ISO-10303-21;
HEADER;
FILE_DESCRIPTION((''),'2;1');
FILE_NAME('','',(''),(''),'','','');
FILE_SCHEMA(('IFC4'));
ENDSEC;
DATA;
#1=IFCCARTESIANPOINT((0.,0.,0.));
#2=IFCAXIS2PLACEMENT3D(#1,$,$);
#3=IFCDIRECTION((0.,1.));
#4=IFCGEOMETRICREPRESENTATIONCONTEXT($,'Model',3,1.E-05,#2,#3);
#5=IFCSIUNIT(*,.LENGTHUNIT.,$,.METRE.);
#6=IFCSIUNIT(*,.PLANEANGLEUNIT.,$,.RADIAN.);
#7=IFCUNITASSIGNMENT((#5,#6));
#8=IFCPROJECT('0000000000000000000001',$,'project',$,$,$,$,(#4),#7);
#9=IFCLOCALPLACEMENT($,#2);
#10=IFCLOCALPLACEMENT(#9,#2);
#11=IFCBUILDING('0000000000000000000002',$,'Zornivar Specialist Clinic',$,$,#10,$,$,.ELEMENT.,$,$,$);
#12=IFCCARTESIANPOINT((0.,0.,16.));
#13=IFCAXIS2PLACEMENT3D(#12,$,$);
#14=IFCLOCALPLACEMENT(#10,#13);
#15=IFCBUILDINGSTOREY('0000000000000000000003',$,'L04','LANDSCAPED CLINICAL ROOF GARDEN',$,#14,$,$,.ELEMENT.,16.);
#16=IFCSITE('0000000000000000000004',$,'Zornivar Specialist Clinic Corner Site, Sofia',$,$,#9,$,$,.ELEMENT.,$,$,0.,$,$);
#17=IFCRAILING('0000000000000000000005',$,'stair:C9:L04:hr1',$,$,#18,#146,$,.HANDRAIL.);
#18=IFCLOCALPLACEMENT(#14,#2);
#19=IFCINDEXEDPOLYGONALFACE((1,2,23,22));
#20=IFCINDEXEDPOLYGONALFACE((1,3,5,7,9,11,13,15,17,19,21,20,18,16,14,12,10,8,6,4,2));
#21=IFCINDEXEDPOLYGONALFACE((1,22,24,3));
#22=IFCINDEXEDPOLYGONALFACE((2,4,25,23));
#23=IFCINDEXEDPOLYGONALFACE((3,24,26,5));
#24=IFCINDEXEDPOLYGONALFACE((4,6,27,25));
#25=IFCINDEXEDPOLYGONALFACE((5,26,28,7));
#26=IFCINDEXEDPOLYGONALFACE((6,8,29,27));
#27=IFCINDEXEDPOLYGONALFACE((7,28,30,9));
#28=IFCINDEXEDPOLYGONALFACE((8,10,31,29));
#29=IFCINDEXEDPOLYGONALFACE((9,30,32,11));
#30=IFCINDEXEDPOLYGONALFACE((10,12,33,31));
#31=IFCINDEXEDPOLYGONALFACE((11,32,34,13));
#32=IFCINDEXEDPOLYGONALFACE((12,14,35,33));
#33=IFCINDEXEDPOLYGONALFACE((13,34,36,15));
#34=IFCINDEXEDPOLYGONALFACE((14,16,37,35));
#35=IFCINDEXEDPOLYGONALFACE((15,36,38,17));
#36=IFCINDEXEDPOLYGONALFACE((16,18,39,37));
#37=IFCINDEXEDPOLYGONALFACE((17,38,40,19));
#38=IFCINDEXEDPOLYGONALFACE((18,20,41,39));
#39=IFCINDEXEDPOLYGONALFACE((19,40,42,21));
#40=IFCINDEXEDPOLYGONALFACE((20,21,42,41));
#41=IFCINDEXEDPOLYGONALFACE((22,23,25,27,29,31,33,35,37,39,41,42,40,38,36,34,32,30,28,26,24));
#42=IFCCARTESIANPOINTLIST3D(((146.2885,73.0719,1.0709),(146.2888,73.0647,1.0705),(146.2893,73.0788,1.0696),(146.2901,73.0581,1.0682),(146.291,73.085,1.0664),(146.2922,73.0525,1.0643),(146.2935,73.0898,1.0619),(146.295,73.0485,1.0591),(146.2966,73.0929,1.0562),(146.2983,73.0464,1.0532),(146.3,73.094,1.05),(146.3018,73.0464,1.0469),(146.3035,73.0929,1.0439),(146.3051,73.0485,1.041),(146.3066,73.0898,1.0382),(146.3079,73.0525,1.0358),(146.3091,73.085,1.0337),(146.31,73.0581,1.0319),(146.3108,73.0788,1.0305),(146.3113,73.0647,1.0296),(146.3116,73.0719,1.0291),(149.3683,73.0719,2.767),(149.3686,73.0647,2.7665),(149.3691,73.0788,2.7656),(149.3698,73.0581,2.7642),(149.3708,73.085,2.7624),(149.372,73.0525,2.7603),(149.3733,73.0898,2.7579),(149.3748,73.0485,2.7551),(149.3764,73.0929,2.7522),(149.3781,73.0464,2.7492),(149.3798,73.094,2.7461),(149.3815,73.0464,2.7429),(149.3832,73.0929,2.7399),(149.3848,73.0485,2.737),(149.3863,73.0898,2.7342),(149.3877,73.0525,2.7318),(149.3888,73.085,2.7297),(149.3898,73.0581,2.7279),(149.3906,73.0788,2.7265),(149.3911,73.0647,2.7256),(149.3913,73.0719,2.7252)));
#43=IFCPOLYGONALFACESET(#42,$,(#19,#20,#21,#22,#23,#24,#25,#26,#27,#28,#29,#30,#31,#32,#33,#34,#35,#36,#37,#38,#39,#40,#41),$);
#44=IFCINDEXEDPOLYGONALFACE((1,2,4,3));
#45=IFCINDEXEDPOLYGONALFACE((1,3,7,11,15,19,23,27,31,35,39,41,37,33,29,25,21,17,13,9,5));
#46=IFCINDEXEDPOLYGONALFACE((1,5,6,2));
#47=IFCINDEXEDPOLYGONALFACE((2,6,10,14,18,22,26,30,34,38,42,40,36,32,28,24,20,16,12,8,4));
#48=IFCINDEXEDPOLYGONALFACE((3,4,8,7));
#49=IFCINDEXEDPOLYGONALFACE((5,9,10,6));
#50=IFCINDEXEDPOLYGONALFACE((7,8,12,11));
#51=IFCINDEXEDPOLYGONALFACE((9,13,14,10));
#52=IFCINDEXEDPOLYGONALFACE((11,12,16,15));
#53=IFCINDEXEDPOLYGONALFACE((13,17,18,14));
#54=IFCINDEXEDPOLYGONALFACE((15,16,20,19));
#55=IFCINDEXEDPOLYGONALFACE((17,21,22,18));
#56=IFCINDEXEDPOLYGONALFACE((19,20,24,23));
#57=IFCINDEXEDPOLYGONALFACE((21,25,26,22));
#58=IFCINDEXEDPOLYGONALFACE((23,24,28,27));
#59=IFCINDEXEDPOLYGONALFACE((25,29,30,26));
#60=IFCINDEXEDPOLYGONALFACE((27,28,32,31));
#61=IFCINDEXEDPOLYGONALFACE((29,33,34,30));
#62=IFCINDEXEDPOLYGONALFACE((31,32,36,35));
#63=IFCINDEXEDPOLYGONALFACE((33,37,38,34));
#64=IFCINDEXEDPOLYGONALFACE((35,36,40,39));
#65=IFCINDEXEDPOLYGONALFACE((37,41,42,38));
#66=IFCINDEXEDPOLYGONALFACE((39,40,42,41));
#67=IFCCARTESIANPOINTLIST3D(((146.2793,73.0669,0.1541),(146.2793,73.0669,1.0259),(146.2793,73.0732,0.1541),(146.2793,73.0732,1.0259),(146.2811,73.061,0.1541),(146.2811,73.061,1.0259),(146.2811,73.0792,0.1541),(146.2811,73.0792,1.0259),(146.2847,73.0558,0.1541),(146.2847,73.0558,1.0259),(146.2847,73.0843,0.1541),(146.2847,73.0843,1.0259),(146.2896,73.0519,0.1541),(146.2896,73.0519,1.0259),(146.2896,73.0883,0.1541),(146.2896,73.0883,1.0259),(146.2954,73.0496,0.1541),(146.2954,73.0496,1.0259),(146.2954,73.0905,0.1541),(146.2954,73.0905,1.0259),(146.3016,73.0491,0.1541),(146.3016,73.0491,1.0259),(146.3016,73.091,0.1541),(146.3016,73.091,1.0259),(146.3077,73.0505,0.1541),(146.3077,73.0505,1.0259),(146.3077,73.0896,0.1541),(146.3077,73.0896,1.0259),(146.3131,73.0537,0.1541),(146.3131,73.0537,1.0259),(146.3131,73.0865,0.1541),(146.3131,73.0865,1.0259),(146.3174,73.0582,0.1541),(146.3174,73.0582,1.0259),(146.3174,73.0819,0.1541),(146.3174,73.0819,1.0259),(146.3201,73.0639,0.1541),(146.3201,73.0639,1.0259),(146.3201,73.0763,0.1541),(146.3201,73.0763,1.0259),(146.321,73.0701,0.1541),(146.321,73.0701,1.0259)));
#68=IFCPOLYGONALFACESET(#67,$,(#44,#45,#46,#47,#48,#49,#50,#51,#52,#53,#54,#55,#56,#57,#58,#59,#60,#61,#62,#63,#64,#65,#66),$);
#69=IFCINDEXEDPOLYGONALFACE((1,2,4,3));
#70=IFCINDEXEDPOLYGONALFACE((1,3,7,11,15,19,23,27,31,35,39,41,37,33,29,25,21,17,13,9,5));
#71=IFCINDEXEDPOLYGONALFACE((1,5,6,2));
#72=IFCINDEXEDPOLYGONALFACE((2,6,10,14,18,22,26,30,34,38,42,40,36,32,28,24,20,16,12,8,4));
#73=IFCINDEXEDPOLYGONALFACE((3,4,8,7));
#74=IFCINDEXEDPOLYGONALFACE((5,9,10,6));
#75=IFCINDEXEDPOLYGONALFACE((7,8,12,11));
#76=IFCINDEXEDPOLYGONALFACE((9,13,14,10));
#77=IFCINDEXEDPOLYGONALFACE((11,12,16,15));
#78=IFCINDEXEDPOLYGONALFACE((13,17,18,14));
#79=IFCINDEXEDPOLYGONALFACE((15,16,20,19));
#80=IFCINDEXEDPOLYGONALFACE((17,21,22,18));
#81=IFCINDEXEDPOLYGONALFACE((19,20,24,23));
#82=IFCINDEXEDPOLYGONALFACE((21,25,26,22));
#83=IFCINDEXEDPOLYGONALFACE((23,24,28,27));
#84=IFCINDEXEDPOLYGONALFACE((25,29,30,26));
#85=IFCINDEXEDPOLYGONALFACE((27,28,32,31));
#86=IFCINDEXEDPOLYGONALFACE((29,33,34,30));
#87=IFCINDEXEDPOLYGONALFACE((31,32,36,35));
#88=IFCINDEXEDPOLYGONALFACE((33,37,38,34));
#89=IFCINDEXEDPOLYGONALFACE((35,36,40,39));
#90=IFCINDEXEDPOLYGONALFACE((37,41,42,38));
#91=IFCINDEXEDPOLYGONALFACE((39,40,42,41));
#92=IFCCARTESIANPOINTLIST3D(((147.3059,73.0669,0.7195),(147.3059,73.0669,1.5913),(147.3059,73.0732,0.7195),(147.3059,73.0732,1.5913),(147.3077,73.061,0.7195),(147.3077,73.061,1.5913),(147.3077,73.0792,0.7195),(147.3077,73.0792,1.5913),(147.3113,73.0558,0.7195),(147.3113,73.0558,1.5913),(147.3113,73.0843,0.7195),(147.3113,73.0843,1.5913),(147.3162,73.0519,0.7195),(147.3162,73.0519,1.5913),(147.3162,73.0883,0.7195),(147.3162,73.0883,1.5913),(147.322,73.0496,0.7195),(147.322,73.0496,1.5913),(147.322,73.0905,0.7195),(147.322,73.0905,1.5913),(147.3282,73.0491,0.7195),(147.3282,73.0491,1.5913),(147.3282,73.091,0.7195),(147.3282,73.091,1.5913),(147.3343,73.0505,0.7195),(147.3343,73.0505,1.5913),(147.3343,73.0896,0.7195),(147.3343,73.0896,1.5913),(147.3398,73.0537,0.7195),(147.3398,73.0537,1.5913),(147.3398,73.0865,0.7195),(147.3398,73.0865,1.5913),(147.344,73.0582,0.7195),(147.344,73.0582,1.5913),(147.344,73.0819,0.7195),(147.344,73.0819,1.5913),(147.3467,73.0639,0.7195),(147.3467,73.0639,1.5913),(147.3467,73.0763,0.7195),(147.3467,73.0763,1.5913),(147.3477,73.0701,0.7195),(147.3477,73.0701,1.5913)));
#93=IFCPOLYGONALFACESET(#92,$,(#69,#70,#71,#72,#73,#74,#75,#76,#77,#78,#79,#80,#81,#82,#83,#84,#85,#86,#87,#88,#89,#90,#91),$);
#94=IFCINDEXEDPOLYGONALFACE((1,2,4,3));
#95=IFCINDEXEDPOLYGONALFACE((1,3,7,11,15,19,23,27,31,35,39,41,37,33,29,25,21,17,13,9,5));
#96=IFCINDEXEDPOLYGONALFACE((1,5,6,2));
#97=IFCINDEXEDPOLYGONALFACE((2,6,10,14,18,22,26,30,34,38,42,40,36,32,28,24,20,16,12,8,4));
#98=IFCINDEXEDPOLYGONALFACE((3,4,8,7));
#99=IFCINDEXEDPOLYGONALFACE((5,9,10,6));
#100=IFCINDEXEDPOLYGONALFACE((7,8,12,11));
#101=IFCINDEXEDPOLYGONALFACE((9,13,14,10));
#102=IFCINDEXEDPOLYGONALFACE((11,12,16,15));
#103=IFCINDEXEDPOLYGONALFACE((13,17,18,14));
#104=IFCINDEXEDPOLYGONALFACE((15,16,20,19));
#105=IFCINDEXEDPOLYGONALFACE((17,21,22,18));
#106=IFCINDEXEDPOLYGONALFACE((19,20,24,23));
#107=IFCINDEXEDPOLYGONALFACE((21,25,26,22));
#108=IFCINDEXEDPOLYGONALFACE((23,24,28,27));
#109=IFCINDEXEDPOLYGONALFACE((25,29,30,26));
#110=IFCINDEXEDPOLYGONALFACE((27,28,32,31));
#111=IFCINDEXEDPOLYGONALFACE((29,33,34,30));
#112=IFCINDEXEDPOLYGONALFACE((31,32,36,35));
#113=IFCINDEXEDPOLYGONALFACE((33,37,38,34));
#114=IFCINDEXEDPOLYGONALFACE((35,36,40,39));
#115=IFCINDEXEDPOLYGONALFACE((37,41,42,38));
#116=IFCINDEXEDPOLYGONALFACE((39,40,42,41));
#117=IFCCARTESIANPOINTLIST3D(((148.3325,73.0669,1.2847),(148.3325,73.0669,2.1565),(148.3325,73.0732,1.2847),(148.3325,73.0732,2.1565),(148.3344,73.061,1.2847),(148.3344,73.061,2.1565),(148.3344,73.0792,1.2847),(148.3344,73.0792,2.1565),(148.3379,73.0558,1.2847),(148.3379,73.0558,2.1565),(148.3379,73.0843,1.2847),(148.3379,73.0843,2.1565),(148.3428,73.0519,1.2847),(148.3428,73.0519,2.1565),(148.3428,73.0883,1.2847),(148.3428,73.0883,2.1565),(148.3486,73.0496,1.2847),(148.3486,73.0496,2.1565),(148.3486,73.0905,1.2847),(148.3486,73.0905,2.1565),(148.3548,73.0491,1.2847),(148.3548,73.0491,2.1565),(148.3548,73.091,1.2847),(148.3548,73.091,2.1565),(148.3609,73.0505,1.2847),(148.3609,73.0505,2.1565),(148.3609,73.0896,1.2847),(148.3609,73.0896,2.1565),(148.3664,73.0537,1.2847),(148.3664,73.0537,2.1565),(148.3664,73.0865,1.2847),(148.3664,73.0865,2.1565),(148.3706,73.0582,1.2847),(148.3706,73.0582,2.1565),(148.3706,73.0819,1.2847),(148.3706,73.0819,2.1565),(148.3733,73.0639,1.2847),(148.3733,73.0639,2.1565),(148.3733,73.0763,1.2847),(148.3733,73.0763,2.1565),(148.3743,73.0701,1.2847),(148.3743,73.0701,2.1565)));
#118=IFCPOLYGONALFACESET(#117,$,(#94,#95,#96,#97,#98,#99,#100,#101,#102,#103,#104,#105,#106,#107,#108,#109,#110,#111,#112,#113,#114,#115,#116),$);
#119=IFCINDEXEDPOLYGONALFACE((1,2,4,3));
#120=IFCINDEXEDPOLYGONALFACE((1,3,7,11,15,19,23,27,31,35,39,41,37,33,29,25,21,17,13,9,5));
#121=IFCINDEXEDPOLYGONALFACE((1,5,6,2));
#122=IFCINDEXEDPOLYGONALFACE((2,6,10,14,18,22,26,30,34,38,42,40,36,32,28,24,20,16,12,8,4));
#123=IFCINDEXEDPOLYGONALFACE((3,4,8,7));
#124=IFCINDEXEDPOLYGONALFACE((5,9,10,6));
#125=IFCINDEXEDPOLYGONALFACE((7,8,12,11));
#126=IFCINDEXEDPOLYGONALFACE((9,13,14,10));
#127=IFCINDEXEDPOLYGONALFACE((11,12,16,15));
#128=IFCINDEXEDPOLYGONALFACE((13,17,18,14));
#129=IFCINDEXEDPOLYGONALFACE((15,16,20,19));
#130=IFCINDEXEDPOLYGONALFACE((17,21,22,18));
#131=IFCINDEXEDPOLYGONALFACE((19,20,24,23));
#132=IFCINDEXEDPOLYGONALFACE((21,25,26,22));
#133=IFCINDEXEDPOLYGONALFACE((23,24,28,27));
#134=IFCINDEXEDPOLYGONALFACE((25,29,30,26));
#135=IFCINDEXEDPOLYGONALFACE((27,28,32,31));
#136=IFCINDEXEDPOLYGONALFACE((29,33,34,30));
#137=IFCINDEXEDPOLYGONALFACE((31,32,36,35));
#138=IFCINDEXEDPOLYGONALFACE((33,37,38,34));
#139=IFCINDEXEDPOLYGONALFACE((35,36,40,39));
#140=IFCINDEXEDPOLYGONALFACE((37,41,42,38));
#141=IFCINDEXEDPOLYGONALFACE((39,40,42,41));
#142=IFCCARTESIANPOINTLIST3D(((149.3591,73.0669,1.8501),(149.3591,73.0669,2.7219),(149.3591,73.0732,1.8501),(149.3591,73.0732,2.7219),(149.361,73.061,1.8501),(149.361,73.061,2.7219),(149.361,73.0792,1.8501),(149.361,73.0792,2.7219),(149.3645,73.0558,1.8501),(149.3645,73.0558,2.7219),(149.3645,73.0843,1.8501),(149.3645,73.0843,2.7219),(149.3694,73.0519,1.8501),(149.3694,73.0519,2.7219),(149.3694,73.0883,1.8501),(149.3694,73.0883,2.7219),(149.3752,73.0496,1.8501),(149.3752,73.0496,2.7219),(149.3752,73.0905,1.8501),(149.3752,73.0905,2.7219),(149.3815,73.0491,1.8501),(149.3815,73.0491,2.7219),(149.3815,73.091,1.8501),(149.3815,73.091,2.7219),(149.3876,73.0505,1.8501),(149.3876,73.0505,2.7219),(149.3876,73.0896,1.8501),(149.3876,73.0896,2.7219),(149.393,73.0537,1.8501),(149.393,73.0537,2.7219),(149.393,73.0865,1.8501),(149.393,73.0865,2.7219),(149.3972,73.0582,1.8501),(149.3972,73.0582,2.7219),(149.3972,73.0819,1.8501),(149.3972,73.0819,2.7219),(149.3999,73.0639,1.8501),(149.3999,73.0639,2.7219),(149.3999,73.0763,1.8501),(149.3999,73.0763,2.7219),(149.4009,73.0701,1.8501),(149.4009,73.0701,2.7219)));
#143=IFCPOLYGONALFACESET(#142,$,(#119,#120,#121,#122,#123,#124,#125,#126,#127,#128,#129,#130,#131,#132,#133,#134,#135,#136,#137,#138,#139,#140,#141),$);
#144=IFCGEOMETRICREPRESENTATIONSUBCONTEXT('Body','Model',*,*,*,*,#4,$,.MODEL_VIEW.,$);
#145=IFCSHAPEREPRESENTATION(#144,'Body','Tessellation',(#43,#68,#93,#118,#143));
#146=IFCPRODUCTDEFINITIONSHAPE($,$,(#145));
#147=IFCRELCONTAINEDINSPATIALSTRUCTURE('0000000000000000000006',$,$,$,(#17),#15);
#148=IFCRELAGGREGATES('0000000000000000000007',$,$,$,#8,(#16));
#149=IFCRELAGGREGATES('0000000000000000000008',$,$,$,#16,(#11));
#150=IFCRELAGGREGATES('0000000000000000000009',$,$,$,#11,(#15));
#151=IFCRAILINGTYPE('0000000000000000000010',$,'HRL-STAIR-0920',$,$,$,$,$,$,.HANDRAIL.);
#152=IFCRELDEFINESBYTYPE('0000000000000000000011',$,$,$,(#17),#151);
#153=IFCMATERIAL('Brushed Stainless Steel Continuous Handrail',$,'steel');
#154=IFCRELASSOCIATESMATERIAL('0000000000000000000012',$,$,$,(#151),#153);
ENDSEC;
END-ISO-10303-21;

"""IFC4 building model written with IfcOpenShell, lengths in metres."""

from ifc_helpers import new_model, si_unit, direction, frame, origin, origin_2d, place, context, subcontext, project, spatial, circle, extrude, material, type_object, element, save


model = new_model("IFC4")

# Units and contexts
model_context = context("Model", 3, precision=1e-05, world=origin(), true_north=direction((0.0, 1.0)))
body_context = subcontext(model_context, "Body", "Model", "MODEL_VIEW")
ifc_project = project(units=[si_unit("LENGTHUNIT", "METRE"), si_unit("PLANEANGLEUNIT", "RADIAN")], contexts=[model_context])

# Site, building, storey
site_placement = place(None, origin())
site = spatial("IfcSite", under=ifc_project, at=site_placement, Name="Zornivar Specialist Clinic Corner Site, Sofia", CompositionType="ELEMENT", RefElevation=0.0)
building_placement = place(site_placement, origin())
building = spatial("IfcBuilding", under=site, at=building_placement, Name="Zornivar Specialist Clinic", CompositionType="ELEMENT")
storey_placement = place(building_placement, frame((0.0, 0.0, 16.0)))
storey = spatial("IfcBuildingStorey", under=building, at=storey_placement, Name="L04", Description="LANDSCAPED CLINICAL ROOF GARDEN", CompositionType="ELEMENT", Elevation=16.0)

# Railing
ifc_material_1 = material(Name="Brushed Stainless Steel Continuous Handrail", Category="steel")
railing_type_1 = type_object("IfcRailingType", Name="HRL-STAIR-0920", PredefinedType="HANDRAIL", material=ifc_material_1)
railing_1_placement = place(storey_placement, frame((146.3, 73.0701, 0.1541)))
element("IfcRailing", 1, at=railing_1_placement, inside=storey, type_object=railing_type_1, Name="stair:C9:L04:hr1", PredefinedType="HANDRAIL", context=body_context, shape_type="SweptSolid", body=[
    extrude(circle(Radius=0.0239, at=origin_2d()), frame((0.0, 0.0, 0.896), z_axis=(0.875959, 0.0, 0.482385), x_axis=(0.0, 1.0, 0.0)), (0.0, 0.0, 1.0), 3.5159),
    extrude(circle(Radius=0.021, at=origin_2d()), origin(), (0.0, 0.0, 1.0), 0.8718),
    extrude(circle(Radius=0.021, at=origin_2d()), frame((1.0266, 0.0, 0.5654)), (0.0, 0.0, 1.0), 0.8718),
    extrude(circle(Radius=0.021, at=origin_2d()), frame((2.0532, 0.0, 1.1306)), (0.0, 0.0, 1.0), 0.8718),
    extrude(circle(Radius=0.021, at=origin_2d()), frame((3.0798, 0.0, 1.696)), (0.0, 0.0, 1.0), 0.8718),
])

save(model, "model.ifc")
